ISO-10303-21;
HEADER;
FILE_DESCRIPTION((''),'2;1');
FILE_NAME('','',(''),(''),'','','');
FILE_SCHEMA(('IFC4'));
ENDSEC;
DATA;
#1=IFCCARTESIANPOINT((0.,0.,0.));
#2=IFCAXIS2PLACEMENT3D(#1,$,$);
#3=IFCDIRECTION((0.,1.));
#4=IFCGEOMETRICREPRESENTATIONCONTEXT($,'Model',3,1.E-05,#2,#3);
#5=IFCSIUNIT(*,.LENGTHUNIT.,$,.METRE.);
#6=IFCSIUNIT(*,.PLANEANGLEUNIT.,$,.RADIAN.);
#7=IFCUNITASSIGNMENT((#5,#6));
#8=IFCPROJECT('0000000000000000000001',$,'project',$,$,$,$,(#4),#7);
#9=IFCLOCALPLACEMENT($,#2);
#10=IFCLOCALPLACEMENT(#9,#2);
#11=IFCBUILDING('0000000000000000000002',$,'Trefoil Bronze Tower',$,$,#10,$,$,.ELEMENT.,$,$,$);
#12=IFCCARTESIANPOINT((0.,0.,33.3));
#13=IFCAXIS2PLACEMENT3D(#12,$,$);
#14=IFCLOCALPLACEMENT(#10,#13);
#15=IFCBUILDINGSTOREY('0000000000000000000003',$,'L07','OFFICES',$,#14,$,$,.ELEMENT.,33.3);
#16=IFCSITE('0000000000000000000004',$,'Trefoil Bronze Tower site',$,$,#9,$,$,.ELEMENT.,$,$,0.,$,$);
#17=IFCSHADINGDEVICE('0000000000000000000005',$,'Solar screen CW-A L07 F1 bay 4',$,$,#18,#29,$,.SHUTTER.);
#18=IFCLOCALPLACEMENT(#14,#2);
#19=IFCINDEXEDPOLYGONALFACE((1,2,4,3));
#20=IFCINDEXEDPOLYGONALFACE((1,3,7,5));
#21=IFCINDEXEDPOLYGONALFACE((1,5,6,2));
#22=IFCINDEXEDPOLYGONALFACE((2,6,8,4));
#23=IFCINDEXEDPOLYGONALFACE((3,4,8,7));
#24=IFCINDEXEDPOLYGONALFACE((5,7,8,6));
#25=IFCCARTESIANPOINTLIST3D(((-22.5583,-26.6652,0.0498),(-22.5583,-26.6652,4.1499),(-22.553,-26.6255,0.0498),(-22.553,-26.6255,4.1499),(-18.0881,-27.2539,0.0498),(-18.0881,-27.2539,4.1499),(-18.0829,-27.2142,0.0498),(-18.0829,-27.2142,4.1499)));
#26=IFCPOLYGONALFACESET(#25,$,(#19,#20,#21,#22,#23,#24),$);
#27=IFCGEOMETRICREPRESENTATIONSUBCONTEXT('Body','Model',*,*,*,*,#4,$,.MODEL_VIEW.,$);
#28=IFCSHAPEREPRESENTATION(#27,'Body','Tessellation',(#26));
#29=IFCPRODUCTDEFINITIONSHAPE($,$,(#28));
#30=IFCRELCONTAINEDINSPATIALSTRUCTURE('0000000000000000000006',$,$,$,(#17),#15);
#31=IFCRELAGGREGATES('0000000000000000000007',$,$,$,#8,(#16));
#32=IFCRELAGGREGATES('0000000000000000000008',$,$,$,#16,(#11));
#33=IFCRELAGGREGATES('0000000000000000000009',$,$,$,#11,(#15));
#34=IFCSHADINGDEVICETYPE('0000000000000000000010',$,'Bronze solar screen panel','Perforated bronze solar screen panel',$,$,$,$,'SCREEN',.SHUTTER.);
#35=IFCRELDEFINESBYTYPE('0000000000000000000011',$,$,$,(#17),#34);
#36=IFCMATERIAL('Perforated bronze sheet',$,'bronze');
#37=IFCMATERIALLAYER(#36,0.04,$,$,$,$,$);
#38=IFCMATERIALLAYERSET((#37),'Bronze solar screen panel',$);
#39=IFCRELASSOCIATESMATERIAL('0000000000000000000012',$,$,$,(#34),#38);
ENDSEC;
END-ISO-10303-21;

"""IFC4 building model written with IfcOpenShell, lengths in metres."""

from ifc_helpers import new_model, si_unit, direction, frame, origin, origin_2d, place, context, subcontext, project, spatial, rectangle, extrude, material, layer, layer_set, type_object, element, save


model = new_model("IFC4")

# Units and contexts
model_context = context("Model", 3, precision=1e-05, world=origin(), true_north=direction((0.0, 1.0)))
body_context = subcontext(model_context, "Body", "Model", "MODEL_VIEW")
ifc_project = project(units=[si_unit("LENGTHUNIT", "METRE"), si_unit("PLANEANGLEUNIT", "RADIAN")], contexts=[model_context])

# Site, building, storey
site_placement = place(None, origin())
site = spatial("IfcSite", under=ifc_project, at=site_placement, Name="Trefoil Bronze Tower site", CompositionType="ELEMENT", RefElevation=0.0)
building_placement = place(site_placement, origin())
building = spatial("IfcBuilding", under=site, at=building_placement, Name="Trefoil Bronze Tower", CompositionType="ELEMENT")
storey_placement = place(building_placement, frame((0.0, 0.0, 33.3)))
storey = spatial("IfcBuildingStorey", under=building, at=storey_placement, Name="L07", Description="OFFICES", CompositionType="ELEMENT", Elevation=33.3)

# Shading device
ifc_material_1 = material(Name="Perforated bronze sheet", Category="bronze")
ifc_layer_1 = layer(ifc_material_1, 0.04)
ifc_layer_set_1 = layer_set([ifc_layer_1], Name="Bronze solar screen panel")
shading_device_type = type_object("IfcShadingDeviceType", Name="Bronze solar screen panel", Description="Perforated bronze solar screen panel", ElementType="SCREEN", PredefinedType="SHUTTER", material=ifc_layer_set_1)
shading_device_1_placement = place(storey_placement, frame((-20.3206, -26.9397, 0.0498), z_axis=(0.0, 0.0, 1.0), x_axis=(0.991437, -0.130584, 0.0)))
element("IfcShadingDevice", 1, at=shading_device_1_placement, inside=storey, type_object=shading_device_type, Name="Solar screen CW-A L07 F1 bay 4", PredefinedType="SHUTTER", context=body_context, shape_type="SweptSolid", body=[
    extrude(rectangle(XDim=4.5088, YDim=0.04, at=origin_2d()), origin(), (0.0, 0.0, 1.0), 4.1001),
])

save(model, "model.ifc")
